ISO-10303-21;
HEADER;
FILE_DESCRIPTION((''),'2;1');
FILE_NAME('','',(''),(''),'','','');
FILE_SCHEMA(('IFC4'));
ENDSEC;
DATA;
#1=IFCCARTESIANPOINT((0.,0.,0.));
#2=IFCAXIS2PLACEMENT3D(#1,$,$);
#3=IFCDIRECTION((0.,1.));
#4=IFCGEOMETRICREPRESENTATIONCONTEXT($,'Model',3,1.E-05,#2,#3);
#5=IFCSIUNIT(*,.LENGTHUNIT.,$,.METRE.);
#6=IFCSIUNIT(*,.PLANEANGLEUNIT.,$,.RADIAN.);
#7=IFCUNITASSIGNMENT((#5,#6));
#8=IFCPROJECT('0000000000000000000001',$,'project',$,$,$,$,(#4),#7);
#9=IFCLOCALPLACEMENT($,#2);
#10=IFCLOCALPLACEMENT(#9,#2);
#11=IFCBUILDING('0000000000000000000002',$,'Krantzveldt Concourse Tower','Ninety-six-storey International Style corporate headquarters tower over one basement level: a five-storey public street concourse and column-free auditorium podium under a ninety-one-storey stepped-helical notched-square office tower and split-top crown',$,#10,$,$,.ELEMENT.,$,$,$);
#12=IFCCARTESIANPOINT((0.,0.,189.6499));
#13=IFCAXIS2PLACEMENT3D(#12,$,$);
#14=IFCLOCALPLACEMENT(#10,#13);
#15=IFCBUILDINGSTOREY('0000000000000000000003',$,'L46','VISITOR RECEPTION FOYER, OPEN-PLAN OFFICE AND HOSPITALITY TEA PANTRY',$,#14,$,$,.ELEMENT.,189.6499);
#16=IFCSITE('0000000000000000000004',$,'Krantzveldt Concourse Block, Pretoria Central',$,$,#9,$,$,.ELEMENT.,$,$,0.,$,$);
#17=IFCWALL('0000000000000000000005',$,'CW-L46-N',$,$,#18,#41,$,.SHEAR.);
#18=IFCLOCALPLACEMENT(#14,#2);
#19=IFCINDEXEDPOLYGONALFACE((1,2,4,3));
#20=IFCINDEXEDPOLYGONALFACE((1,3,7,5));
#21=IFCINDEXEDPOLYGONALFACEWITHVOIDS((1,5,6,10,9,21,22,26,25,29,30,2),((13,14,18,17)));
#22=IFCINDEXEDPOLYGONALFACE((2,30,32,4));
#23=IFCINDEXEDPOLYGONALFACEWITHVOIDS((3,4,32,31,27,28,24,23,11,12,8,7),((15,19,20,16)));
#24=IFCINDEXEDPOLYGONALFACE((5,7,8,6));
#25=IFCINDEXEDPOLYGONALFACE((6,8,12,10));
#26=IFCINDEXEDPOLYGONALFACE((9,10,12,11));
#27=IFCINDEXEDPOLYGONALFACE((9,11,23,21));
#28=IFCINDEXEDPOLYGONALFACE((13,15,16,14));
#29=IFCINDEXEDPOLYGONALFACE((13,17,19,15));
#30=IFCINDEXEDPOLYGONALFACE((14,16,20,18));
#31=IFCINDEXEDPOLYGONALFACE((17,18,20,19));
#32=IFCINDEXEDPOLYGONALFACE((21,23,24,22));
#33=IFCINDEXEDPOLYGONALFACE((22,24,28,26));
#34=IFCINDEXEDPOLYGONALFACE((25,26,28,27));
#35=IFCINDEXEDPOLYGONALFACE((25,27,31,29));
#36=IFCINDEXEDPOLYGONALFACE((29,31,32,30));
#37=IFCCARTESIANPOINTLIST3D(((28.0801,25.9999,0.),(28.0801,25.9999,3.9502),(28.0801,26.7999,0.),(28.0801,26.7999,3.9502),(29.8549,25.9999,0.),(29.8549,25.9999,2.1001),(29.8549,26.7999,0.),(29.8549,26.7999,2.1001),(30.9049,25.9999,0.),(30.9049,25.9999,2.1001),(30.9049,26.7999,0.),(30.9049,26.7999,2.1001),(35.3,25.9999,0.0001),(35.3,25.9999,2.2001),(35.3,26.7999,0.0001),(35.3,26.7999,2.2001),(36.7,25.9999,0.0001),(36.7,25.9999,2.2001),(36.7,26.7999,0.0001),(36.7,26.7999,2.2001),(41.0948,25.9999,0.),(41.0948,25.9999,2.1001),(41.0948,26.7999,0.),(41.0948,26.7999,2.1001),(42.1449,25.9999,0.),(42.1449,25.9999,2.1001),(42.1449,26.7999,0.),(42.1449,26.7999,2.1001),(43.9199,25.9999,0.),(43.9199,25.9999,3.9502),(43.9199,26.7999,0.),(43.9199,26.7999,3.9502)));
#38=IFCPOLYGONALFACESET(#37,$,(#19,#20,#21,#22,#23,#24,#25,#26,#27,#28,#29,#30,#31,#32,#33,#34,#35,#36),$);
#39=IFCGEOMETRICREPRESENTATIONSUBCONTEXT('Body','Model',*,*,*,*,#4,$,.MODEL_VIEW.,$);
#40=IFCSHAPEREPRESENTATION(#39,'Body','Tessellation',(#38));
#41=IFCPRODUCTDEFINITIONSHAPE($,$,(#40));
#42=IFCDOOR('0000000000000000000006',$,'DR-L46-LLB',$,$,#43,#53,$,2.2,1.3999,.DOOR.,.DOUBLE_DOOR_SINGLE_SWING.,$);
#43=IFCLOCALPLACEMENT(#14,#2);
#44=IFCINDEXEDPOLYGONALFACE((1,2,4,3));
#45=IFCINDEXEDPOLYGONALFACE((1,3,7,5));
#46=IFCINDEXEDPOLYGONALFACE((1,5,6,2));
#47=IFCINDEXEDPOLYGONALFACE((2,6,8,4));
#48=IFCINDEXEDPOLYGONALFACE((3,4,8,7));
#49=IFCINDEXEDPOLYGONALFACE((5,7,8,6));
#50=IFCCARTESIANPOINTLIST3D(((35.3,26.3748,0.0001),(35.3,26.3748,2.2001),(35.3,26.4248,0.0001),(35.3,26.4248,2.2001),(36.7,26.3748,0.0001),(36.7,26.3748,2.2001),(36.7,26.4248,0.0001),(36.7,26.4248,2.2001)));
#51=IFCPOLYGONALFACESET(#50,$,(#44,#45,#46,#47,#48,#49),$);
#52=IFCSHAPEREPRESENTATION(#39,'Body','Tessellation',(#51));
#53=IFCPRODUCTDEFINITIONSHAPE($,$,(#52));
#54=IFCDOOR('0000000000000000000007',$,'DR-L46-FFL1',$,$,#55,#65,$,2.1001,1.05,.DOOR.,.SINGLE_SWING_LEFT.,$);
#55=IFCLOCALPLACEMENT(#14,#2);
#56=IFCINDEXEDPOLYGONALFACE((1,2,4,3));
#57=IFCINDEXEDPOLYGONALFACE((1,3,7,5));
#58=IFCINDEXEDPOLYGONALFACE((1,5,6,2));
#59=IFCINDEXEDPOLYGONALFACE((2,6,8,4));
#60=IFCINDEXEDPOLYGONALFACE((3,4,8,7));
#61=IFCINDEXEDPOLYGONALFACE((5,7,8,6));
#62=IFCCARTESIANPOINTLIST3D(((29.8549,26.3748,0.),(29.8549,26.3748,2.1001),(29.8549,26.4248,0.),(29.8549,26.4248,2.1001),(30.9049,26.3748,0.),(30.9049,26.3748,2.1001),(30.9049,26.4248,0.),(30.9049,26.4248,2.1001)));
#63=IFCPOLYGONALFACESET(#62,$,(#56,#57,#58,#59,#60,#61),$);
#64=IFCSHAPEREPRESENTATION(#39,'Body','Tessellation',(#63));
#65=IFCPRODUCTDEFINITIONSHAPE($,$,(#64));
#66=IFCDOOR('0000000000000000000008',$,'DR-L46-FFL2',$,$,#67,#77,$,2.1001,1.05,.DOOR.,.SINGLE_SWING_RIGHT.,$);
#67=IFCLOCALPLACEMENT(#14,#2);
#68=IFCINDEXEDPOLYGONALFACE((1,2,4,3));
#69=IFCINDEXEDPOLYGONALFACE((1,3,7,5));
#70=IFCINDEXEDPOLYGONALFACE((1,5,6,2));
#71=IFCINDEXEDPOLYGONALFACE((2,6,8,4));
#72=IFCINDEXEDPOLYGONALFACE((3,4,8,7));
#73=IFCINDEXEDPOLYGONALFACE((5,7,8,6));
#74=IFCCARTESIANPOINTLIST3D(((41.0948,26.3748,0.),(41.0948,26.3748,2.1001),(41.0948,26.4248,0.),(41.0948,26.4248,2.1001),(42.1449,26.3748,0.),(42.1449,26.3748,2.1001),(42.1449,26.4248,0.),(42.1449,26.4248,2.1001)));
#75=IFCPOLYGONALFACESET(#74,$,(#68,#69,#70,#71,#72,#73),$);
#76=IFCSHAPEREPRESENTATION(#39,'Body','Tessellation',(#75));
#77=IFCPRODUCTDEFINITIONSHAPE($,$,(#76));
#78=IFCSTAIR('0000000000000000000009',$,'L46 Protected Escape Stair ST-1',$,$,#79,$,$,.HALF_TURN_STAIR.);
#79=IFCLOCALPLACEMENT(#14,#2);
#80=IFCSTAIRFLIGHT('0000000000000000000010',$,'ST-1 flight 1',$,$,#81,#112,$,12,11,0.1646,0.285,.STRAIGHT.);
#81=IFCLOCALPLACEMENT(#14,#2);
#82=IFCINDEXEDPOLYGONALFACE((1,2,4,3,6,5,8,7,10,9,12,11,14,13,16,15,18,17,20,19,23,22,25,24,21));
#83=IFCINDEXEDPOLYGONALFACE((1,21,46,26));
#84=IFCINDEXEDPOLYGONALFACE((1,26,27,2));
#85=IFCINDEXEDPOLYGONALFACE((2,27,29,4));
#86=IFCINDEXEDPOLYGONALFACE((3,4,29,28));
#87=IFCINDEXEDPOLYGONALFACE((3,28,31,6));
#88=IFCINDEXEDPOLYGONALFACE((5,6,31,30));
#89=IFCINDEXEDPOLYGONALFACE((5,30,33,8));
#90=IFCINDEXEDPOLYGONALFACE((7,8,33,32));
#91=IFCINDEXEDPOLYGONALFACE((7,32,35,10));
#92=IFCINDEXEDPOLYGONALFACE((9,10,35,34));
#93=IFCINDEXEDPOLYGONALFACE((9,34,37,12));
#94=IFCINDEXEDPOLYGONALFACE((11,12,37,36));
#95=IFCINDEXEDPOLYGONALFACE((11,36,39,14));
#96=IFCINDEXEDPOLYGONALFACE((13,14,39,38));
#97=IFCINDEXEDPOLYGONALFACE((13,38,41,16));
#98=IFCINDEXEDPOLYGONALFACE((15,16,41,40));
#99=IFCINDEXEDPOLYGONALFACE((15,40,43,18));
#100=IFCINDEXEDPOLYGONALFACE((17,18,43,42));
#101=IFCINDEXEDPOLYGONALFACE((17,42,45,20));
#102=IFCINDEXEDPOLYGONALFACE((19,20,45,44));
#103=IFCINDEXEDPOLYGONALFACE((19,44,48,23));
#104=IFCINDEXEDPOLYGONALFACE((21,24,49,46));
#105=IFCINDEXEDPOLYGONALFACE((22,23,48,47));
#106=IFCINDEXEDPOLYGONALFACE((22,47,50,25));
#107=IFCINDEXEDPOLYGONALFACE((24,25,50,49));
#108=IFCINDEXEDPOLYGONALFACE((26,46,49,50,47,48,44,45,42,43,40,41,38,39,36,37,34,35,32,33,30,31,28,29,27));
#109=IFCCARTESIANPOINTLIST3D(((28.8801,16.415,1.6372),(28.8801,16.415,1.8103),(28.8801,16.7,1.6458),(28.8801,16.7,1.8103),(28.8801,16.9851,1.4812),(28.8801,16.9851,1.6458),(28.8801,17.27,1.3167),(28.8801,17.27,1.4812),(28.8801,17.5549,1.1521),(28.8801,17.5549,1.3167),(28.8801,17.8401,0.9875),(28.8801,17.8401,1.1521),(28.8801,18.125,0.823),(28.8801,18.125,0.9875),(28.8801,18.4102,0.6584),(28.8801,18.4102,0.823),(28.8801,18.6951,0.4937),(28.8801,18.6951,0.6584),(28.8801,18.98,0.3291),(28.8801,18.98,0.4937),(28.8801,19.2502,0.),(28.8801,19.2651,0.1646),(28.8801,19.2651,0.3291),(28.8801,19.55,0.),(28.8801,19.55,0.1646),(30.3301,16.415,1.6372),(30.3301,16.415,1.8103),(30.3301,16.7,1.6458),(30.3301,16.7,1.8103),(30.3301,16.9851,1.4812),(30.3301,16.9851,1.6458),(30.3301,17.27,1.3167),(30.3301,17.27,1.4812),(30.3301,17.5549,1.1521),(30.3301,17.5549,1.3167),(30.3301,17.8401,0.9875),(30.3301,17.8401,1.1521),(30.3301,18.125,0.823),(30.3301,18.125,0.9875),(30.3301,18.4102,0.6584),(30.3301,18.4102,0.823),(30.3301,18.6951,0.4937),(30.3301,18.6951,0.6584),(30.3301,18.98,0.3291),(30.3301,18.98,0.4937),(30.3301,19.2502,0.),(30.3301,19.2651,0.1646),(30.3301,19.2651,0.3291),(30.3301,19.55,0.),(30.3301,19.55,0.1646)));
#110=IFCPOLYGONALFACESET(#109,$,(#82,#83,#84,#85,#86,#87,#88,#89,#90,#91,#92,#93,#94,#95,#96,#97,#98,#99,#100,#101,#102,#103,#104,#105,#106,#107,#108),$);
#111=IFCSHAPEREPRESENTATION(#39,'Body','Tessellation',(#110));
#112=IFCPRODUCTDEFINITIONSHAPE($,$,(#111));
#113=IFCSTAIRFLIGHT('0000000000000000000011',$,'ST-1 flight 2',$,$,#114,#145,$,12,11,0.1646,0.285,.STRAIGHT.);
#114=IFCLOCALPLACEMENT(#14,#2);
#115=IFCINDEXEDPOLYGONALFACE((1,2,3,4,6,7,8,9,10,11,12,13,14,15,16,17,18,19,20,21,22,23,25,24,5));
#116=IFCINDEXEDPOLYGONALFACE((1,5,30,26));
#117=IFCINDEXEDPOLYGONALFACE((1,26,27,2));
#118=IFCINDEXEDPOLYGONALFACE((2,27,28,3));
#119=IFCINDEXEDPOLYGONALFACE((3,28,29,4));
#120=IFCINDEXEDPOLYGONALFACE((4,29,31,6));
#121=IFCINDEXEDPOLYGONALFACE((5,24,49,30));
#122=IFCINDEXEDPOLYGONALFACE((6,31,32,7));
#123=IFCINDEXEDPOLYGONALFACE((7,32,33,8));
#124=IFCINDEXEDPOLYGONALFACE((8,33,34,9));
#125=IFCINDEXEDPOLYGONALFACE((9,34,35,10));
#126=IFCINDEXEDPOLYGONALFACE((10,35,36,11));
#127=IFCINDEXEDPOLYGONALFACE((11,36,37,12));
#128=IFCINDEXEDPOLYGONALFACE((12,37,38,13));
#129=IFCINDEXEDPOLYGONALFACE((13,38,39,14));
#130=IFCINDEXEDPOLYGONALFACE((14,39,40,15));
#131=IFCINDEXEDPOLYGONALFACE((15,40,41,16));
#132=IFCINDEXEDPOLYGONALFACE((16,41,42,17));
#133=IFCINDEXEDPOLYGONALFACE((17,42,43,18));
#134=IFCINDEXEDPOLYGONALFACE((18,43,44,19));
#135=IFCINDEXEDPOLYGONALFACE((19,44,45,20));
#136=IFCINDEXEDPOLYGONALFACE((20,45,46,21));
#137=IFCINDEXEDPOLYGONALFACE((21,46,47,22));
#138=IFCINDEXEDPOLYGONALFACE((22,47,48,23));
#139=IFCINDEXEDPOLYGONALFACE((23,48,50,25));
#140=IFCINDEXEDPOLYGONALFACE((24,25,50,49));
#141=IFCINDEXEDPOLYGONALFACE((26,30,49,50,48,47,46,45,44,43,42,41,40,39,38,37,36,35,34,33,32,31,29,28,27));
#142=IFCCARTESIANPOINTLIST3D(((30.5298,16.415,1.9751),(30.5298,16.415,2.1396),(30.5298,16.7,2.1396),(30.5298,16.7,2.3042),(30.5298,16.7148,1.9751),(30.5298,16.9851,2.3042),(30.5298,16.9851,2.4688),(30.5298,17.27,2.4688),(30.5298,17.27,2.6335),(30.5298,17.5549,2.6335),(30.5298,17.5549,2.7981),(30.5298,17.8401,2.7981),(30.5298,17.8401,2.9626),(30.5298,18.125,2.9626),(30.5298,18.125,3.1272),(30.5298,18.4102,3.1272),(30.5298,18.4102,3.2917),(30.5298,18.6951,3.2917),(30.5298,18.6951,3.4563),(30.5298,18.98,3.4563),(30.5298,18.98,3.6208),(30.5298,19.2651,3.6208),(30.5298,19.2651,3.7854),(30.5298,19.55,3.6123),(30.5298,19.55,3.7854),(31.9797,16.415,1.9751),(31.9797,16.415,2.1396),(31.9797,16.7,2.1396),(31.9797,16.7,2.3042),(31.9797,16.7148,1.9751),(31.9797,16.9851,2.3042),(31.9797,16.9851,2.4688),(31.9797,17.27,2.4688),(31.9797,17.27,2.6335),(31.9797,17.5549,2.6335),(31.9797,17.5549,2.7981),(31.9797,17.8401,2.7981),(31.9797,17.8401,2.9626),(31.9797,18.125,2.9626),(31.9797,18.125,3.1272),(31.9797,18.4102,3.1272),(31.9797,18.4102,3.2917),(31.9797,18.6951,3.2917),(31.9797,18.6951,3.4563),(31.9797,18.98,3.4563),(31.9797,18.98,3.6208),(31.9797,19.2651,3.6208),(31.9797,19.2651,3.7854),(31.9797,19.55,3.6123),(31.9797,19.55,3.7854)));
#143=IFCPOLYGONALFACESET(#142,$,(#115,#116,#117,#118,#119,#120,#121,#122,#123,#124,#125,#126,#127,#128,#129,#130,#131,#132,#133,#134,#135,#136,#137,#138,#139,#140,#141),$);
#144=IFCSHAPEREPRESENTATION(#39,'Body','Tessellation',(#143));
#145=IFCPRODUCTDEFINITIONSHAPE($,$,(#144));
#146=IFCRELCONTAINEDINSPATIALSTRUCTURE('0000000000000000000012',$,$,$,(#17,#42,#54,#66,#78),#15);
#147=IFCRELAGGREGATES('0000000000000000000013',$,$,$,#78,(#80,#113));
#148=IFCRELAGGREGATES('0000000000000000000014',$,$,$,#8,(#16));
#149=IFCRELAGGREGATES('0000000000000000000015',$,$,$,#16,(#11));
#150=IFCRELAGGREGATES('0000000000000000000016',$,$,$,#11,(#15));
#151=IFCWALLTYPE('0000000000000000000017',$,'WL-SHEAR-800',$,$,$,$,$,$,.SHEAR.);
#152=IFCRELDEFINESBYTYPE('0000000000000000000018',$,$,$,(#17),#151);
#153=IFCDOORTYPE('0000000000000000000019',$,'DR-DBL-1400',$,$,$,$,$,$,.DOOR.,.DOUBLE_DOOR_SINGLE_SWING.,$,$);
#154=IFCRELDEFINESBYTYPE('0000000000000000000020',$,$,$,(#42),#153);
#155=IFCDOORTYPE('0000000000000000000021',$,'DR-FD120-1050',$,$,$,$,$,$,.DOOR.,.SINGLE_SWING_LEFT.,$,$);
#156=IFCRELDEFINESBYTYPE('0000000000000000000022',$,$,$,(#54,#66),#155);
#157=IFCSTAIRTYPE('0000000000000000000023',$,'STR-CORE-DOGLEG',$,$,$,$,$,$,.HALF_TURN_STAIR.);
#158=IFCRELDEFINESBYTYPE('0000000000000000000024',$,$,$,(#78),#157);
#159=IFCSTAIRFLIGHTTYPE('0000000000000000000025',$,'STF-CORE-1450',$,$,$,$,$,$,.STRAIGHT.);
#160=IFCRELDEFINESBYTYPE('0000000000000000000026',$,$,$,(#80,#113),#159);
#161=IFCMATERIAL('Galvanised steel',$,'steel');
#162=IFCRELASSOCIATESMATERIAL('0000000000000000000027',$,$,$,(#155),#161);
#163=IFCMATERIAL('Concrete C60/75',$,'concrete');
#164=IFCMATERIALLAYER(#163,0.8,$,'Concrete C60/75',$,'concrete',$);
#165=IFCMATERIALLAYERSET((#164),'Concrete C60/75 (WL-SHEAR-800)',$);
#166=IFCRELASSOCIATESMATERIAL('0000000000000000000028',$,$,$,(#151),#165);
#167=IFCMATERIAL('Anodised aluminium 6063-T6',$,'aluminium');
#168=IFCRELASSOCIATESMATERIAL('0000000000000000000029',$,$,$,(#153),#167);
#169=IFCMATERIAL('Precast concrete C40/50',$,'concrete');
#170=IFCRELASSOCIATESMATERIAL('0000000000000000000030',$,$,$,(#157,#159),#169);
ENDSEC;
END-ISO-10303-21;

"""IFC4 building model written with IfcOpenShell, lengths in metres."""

from ifc_helpers import new_model, si_unit, direction, frame, frame_2d, origin, place, context, subcontext, project, spatial, polyline, rectangle, outline, extrude, material, layer, layer_set, type_object, element, fill, aggregate, save


model = new_model("IFC4")

# Units and contexts
model_context = context("Model", 3, precision=1e-05, world=origin(), true_north=direction((0.0, 1.0)))
body_context = subcontext(model_context, "Body", "Model", "MODEL_VIEW")
ifc_project = project(units=[si_unit("LENGTHUNIT", "METRE"), si_unit("PLANEANGLEUNIT", "RADIAN")], contexts=[model_context])

# Site, building, storey
site_placement = place(None, origin())
site = spatial("IfcSite", under=ifc_project, at=site_placement, Name="Krantzveldt Concourse Block, Pretoria Central", CompositionType="ELEMENT", RefElevation=0.0)
building_placement = place(site_placement, origin())
building = spatial("IfcBuilding", under=site, at=building_placement, Name="Krantzveldt Concourse Tower", Description="Ninety-six-storey International Style corporate headquarters tower over one basement level: a five-storey public street concourse and column-free auditorium podium under a ninety-one-storey stepped-helical notched-square office tower and split-top crown", CompositionType="ELEMENT")
storey_placement = place(building_placement, frame((0.0, 0.0, 189.6499)))
storey = spatial("IfcBuildingStorey", under=building, at=storey_placement, Name="L46", Description="VISITOR RECEPTION FOYER, OPEN-PLAN OFFICE AND HOSPITALITY TEA PANTRY", CompositionType="ELEMENT", Elevation=189.6499)

# Shared definitions
ifc_material_1 = material(Name="Galvanised steel", Category="steel")
door_type_1 = type_object("IfcDoorType", Name="DR-FD120-1050", OperationType="SINGLE_SWING_LEFT", PredefinedType="DOOR", material=ifc_material_1)

# Wall, openings, doors
ifc_material_2 = material(Name="Concrete C60/75", Category="concrete")
ifc_layer_1 = layer(ifc_material_2, 0.8, Name="Concrete C60/75", Category="concrete")
ifc_layer_set_1 = layer_set([ifc_layer_1], Name="Concrete C60/75 (WL-SHEAR-800)")
wall_type_1 = type_object("IfcWallType", Name="WL-SHEAR-800", PredefinedType="SHEAR", material=ifc_layer_set_1)
wall_1_placement = place(storey_placement, frame((28.0801, 26.3999, 0.0), z_axis=(0.0, 0.0, 1.0), x_axis=(1.0, 0.0, 0.0)))
wall_1 = element("IfcWall", 1, at=wall_1_placement, inside=storey, type_object=wall_type_1, Name="CW-L46-N", PredefinedType="SHEAR", context=body_context, shape_type="SweptSolid", body=[
    extrude(rectangle(XDim=15.8398, YDim=0.8, at=frame_2d((7.9199, 0.0))), origin(), (0.0, 0.0, 1.0), 3.9502),
])
opening_1_placement = place(wall_1_placement, frame((7.22, 0.0, 0.0)))
opening_1 = element("IfcOpeningElement", 2, at=opening_1_placement, cuts=wall_1, PredefinedType="OPENING", context=body_context, shape_type="SweptSolid", body=[
    extrude(rectangle(XDim=1.3999, YDim=2.2, at=frame_2d((0.7, 1.1001))), frame((0.0, 0.4102, 0.0), z_axis=(0.0, -1.0, 0.0), x_axis=(1.0, 0.0, 0.0)), (0.0, 0.0, 1.0), 0.8201),
])
opening_2_placement = place(wall_1_placement, frame((1.7749, 0.0, 0.0)))
opening_2 = element("IfcOpeningElement", 3, at=opening_2_placement, cuts=wall_1, PredefinedType="OPENING", context=body_context, shape_type="SweptSolid", body=[
    extrude(rectangle(XDim=1.05, YDim=2.1001, at=frame_2d((0.5249, 1.05))), frame((0.0, 0.4102, 0.0), z_axis=(0.0, -1.0, 0.0), x_axis=(1.0, 0.0, 0.0)), (0.0, 0.0, 1.0), 0.8201),
])
opening_3_placement = place(wall_1_placement, frame((13.0149, 0.0, 0.0)))
opening_3 = element("IfcOpeningElement", 4, at=opening_3_placement, cuts=wall_1, PredefinedType="OPENING", context=body_context, shape_type="SweptSolid", body=[
    extrude(rectangle(XDim=1.05, YDim=2.1001, at=frame_2d((0.5249, 1.05))), frame((0.0, 0.4102, 0.0), z_axis=(0.0, -1.0, 0.0), x_axis=(1.0, 0.0, 0.0)), (0.0, 0.0, 1.0), 0.8201),
])
ifc_material_3 = material(Name="Anodised aluminium 6063-T6", Category="aluminium")
door_type_2 = type_object("IfcDoorType", Name="DR-DBL-1400", OperationType="DOUBLE_DOOR_SINGLE_SWING", PredefinedType="DOOR", material=ifc_material_3)
door_1_placement = place(opening_1_placement, origin())
door_1 = element("IfcDoor", 5, at=door_1_placement, inside=storey, type_object=door_type_2, Name="DR-L46-LLB", OperationType="DOUBLE_DOOR_SINGLE_SWING", OverallHeight=2.2, OverallWidth=1.3999, PredefinedType="DOOR", context=body_context, shape_type="SweptSolid", body=[
    extrude(rectangle(XDim=1.3999, YDim=2.2, at=frame_2d((0.7, 1.1001))), frame((0.0, 0.0249, 0.0), z_axis=(0.0, -1.0, 0.0), x_axis=(1.0, 0.0, 0.0)), (0.0, 0.0, 1.0), 0.05),
])
fill(opening_1, door_1)
door_2_placement = place(opening_2_placement, origin())
door_2 = element("IfcDoor", 6, at=door_2_placement, inside=storey, type_object=door_type_1, Name="DR-L46-FFL1", OperationType="SINGLE_SWING_LEFT", OverallHeight=2.1001, OverallWidth=1.05, PredefinedType="DOOR", context=body_context, shape_type="SweptSolid", body=[
    extrude(rectangle(XDim=1.05, YDim=2.1001, at=frame_2d((0.5249, 1.05))), frame((0.0, 0.0249, 0.0), z_axis=(0.0, -1.0, 0.0), x_axis=(1.0, 0.0, 0.0)), (0.0, 0.0, 1.0), 0.05),
])
fill(opening_2, door_2)
door_3_placement = place(opening_3_placement, origin())
door_3 = element("IfcDoor", 7, at=door_3_placement, inside=storey, type_object=door_type_1, Name="DR-L46-FFL2", OperationType="SINGLE_SWING_RIGHT", OverallHeight=2.1001, OverallWidth=1.05, PredefinedType="DOOR", context=body_context, shape_type="SweptSolid", body=[
    extrude(rectangle(XDim=1.05, YDim=2.1001, at=frame_2d((0.5249, 1.05))), frame((0.0, 0.0249, 0.0), z_axis=(0.0, -1.0, 0.0), x_axis=(1.0, 0.0, 0.0)), (0.0, 0.0, 1.0), 0.05),
])
fill(opening_3, door_3)

# Stair, stair flights
ifc_material_4 = material(Name="Precast concrete C40/50", Category="concrete")
stair_type = type_object("IfcStairType", Name="STR-CORE-DOGLEG", PredefinedType="HALF_TURN_STAIR", material=ifc_material_4)
stair_placement = place(storey_placement, origin())
stair = element("IfcStair", 8, at=stair_placement, inside=storey, type_object=stair_type, Name="L46 Protected Escape Stair ST-1", PredefinedType="HALF_TURN_STAIR")
stair_flight_type = type_object("IfcStairFlightType", Name="STF-CORE-1450", PredefinedType="STRAIGHT", material=ifc_material_4)
stair_flight_1_placement = place(storey_placement, frame((29.605, 19.55, 0.0), z_axis=(0.0, 0.0, 1.0), x_axis=(0.0, -1.0, 0.0)))
stair_flight_1 = element("IfcStairFlight", 9, at=stair_flight_1_placement, type_object=stair_flight_type, Name="ST-1 flight 1", NumberOfRisers=12, NumberOfTreads=11, PredefinedType="STRAIGHT", RiserHeight=0.1646, TreadLength=0.285, context=body_context, shape_type="SweptSolid", body=[
    extrude(outline(polyline([(0.0, 0.0), (0.0, 0.1646), (0.2849, 0.1646), (0.2849, 0.3291), (0.5701, 0.3291), (0.5701, 0.4937), (0.855, 0.4937), (0.855, 0.6584), (1.1399, 0.6584), (1.1399, 0.823), (1.425, 0.823), (1.425, 0.9875), (1.71, 0.9875), (1.71, 1.1521), (1.9951, 1.1521), (1.9951, 1.3167), (2.28, 1.3167), (2.28, 1.4812), (2.5649, 1.4812), (2.5649, 1.6458), (2.8501, 1.6458), (2.8501, 1.8103), (3.135, 1.8103), (3.135, 1.9751), (3.135, 1.6372), (0.2998, 0.0), (0.0, 0.0)])), frame((0.0, 0.7251, 0.0), z_axis=(0.0, -1.0, 0.0), x_axis=(1.0, 0.0, 0.0)), (0.0, 0.0, 1.0), 1.45),
])
stair_flight_2_placement = place(storey_placement, frame((31.2549, 16.415, 1.9751), z_axis=(0.0, 0.0, 1.0), x_axis=(0.0, 1.0, 0.0)))
stair_flight_2 = element("IfcStairFlight", 10, at=stair_flight_2_placement, type_object=stair_flight_type, Name="ST-1 flight 2", NumberOfRisers=12, NumberOfTreads=11, PredefinedType="STRAIGHT", RiserHeight=0.1646, TreadLength=0.285, context=body_context, shape_type="SweptSolid", body=[
    extrude(outline(polyline([(0.0, 0.0), (0.0, 0.1646), (0.2849, 0.1646), (0.2849, 0.3291), (0.5701, 0.3291), (0.5701, 0.4937), (0.855, 0.4937), (0.855, 0.6584), (1.1399, 0.6584), (1.1399, 0.823), (1.425, 0.823), (1.425, 0.9875), (1.71, 0.9875), (1.71, 1.1521), (1.9951, 1.1521), (1.9951, 1.3167), (2.28, 1.3167), (2.28, 1.4812), (2.5649, 1.4812), (2.5649, 1.6458), (2.8501, 1.6458), (2.8501, 1.8103), (3.135, 1.8103), (3.135, 1.9751), (3.135, 1.6372), (0.2998, 0.0), (0.0, 0.0)])), frame((0.0, 0.7251, 0.0), z_axis=(0.0, -1.0, 0.0), x_axis=(1.0, 0.0, 0.0)), (0.0, 0.0, 1.0), 1.45),
])
aggregate(stair, [stair_flight_1, stair_flight_2])

save(model, "model.ifc")
